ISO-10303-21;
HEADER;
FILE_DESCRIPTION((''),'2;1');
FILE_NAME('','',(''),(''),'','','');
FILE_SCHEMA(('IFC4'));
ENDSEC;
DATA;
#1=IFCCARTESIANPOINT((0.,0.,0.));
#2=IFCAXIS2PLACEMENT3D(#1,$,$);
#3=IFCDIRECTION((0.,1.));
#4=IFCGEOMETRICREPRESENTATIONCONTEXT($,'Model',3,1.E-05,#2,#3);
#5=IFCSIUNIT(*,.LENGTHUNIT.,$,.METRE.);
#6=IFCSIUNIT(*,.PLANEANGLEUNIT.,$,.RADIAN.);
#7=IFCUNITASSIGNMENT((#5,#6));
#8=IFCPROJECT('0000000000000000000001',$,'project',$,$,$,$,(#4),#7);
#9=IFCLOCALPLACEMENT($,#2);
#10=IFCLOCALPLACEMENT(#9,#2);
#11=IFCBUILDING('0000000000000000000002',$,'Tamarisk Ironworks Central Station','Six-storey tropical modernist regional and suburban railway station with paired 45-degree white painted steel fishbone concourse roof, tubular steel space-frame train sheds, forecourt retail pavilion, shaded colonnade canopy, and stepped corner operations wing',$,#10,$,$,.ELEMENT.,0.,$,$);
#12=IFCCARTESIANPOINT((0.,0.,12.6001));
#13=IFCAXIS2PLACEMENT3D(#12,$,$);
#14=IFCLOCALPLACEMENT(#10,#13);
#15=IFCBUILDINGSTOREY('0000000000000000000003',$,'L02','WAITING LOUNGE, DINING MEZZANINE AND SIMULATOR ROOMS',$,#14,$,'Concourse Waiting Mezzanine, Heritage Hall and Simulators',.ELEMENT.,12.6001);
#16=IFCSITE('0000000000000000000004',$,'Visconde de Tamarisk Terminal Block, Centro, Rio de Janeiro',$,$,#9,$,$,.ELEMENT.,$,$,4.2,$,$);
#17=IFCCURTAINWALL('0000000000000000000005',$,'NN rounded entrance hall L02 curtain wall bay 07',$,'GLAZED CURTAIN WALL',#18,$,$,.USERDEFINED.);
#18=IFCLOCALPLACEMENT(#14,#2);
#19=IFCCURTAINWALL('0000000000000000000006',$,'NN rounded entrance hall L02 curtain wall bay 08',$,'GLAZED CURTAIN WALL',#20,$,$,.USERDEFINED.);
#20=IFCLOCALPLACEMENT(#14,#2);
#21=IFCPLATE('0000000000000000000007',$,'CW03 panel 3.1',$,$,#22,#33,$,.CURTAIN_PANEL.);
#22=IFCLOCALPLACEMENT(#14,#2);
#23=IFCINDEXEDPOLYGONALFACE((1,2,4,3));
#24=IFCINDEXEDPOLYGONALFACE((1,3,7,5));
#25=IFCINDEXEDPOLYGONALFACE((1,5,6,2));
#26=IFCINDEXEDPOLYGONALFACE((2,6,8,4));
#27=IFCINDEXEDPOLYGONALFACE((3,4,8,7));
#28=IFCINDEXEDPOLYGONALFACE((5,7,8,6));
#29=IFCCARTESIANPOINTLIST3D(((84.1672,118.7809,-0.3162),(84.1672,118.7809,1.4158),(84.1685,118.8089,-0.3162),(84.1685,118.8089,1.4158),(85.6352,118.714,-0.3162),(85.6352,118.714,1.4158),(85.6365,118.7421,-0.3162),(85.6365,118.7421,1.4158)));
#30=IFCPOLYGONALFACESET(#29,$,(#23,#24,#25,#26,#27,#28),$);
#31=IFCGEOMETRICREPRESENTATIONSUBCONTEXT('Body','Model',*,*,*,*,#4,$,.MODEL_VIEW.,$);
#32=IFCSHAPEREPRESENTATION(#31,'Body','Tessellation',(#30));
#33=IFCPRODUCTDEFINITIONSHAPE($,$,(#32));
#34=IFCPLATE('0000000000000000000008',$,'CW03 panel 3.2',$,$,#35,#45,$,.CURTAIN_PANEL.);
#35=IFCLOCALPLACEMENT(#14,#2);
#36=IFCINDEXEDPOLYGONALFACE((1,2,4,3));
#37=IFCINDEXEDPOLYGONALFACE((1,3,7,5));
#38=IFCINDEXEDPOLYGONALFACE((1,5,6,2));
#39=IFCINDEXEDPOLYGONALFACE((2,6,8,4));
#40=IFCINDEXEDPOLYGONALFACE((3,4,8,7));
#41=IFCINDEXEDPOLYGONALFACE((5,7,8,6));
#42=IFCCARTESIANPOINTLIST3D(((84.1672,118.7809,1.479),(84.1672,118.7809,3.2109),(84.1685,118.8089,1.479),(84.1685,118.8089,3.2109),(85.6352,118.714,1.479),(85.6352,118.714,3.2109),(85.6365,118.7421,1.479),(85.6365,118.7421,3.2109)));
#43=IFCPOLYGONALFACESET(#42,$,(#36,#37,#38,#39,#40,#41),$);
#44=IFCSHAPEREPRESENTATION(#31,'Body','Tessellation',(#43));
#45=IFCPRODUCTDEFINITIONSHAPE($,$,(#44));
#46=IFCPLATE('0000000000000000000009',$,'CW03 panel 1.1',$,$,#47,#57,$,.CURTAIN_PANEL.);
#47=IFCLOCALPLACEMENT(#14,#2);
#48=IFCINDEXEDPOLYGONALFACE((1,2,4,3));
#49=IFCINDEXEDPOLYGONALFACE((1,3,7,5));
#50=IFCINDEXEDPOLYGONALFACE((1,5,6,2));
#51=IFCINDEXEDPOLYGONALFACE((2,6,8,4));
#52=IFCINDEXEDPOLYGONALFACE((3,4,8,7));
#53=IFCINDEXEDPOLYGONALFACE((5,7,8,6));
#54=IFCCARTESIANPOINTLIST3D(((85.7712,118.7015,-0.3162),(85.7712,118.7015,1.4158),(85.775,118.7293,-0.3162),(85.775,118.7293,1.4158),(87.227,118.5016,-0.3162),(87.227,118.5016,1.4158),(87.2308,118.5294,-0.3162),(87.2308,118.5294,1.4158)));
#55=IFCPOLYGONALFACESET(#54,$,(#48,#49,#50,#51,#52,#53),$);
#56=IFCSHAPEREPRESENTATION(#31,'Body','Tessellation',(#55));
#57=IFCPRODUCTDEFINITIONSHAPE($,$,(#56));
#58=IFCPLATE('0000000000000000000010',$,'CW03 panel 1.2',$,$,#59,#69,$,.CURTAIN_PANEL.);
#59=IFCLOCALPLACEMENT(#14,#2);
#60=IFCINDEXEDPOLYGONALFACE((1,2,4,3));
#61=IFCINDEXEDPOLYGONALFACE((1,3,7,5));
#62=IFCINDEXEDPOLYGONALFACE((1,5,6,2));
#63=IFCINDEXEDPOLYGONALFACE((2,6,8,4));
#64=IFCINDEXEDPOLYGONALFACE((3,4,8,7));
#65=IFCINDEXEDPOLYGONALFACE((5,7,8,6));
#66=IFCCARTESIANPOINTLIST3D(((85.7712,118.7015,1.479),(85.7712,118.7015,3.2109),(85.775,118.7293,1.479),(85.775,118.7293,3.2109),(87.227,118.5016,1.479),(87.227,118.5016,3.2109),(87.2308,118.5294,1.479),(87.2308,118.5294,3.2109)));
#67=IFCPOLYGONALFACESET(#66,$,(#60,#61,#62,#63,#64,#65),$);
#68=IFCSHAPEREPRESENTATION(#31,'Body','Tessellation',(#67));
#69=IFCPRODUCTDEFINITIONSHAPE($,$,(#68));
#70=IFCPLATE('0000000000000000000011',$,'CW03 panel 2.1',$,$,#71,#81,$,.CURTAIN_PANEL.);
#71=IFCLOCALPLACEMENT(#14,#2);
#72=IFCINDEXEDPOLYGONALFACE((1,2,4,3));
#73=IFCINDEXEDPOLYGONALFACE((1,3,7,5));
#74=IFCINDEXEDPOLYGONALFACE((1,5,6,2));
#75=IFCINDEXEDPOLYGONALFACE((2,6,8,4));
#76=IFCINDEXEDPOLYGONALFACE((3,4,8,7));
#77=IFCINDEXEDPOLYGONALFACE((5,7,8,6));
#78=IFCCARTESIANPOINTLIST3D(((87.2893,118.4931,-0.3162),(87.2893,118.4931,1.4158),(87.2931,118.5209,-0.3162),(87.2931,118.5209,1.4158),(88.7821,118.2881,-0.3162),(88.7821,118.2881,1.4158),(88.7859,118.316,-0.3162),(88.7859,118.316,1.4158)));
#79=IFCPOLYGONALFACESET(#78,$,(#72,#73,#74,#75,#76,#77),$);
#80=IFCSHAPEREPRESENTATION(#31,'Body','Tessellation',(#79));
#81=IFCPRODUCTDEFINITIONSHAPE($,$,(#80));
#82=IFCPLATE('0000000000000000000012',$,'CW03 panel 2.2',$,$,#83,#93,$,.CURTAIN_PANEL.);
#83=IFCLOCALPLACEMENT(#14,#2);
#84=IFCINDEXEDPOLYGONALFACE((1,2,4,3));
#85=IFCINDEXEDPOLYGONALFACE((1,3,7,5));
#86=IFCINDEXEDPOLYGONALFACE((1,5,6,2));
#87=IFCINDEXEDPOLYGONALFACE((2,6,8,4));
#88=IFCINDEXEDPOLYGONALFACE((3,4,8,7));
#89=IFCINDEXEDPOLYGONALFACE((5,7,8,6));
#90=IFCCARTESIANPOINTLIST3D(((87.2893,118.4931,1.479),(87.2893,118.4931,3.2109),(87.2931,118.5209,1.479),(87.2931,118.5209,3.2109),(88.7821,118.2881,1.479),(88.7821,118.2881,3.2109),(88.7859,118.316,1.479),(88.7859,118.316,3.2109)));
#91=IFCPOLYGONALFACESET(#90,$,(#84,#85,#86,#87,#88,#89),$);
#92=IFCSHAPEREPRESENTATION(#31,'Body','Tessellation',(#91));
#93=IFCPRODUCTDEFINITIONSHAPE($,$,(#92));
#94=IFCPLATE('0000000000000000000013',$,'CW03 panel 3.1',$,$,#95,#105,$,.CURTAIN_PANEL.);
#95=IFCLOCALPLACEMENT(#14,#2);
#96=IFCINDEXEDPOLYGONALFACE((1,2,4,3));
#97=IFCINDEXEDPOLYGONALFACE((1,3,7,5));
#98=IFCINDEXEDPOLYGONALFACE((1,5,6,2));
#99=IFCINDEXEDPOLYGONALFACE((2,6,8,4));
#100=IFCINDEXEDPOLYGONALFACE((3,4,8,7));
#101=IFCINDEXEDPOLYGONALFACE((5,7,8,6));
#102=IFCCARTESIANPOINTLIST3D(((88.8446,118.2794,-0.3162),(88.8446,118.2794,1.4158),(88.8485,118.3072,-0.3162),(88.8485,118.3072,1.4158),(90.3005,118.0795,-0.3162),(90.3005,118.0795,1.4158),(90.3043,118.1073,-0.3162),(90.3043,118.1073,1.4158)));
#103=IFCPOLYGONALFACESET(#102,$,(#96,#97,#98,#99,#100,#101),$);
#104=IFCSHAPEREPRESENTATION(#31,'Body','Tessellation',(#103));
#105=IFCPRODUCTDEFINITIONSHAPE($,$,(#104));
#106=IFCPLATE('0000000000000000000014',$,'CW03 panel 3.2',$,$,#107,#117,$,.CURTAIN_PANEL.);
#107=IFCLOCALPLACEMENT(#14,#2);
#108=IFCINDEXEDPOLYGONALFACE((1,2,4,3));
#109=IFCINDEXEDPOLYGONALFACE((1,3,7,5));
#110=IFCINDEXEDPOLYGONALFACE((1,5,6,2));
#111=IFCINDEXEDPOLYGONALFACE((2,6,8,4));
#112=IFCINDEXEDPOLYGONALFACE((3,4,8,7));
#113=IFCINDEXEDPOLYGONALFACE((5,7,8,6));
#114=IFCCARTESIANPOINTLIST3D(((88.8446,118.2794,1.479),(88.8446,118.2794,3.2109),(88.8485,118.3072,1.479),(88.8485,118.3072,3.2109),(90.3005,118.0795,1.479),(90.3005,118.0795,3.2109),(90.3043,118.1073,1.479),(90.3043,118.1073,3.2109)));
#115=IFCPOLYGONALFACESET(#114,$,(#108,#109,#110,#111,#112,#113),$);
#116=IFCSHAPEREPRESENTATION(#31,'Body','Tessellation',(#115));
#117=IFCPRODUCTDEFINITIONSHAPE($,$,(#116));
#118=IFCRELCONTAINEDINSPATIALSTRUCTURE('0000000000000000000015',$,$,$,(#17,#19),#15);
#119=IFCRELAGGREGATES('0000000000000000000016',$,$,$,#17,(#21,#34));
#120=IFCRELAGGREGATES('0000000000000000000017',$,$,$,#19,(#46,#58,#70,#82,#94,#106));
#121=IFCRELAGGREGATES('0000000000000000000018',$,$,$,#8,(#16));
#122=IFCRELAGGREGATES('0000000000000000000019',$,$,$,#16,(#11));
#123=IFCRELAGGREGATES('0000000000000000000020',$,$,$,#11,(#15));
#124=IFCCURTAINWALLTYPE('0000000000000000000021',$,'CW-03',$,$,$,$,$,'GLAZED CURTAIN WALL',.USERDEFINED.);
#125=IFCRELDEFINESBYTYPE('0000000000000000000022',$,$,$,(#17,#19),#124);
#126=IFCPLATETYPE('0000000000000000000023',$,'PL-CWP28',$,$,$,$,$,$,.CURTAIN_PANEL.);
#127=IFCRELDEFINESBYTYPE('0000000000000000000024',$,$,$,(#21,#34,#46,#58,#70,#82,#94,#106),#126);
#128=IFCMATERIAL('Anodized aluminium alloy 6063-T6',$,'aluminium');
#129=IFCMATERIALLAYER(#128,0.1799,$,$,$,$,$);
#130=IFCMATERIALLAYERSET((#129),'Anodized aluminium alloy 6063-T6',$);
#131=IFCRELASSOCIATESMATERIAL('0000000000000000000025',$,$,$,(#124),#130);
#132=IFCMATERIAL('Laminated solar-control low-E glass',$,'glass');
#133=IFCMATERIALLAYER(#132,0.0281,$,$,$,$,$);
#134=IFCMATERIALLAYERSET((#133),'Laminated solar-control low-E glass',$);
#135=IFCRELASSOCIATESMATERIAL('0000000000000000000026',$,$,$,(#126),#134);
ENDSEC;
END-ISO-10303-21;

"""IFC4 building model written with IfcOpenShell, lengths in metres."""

from ifc_helpers import new_model, si_unit, direction, frame, origin, origin_2d, place, context, subcontext, project, spatial, rectangle, extrude, material, layer, layer_set, type_object, element, aggregate, save


model = new_model("IFC4")

# Units and contexts
model_context = context("Model", 3, precision=1e-05, world=origin(), true_north=direction((0.0, 1.0)))
body_context = subcontext(model_context, "Body", "Model", "MODEL_VIEW")
ifc_project = project(units=[si_unit("LENGTHUNIT", "METRE"), si_unit("PLANEANGLEUNIT", "RADIAN")], contexts=[model_context])

# Site, building, storey
site_placement = place(None, origin())
site = spatial("IfcSite", under=ifc_project, at=site_placement, Name="Visconde de Tamarisk Terminal Block, Centro, Rio de Janeiro", CompositionType="ELEMENT", RefElevation=4.2)
building_placement = place(site_placement, origin())
building = spatial("IfcBuilding", under=site, at=building_placement, Name="Tamarisk Ironworks Central Station", Description="Six-storey tropical modernist regional and suburban railway station with paired 45-degree white painted steel fishbone concourse roof, tubular steel space-frame train sheds, forecourt retail pavilion, shaded colonnade canopy, and stepped corner operations wing", CompositionType="ELEMENT", ElevationOfRefHeight=0.0)
storey_placement = place(building_placement, frame((0.0, 0.0, 12.6001)))
storey = spatial("IfcBuildingStorey", under=building, at=storey_placement, Name="L02", Description="WAITING LOUNGE, DINING MEZZANINE AND SIMULATOR ROOMS", LongName="Concourse Waiting Mezzanine, Heritage Hall and Simulators", CompositionType="ELEMENT", Elevation=12.6001)

# Curtain walls
ifc_material_1 = material(Name="Anodized aluminium alloy 6063-T6", Category="aluminium")
ifc_layer_1 = layer(ifc_material_1, 0.1799)
ifc_layer_set_1 = layer_set([ifc_layer_1], Name="Anodized aluminium alloy 6063-T6")
curtain_wall_type = type_object("IfcCurtainWallType", Name="CW-03", ElementType="GLAZED CURTAIN WALL", PredefinedType="USERDEFINED", material=ifc_layer_set_1)
curtain_wall_1_placement = place(storey_placement, origin())
curtain_wall_1 = element("IfcCurtainWall", 1, at=curtain_wall_1_placement, inside=storey, type_object=curtain_wall_type, Name="NN rounded entrance hall L02 curtain wall bay 07", ObjectType="GLAZED CURTAIN WALL", PredefinedType="USERDEFINED")
curtain_wall_2_placement = place(storey_placement, origin())
curtain_wall_2 = element("IfcCurtainWall", 2, at=curtain_wall_2_placement, inside=storey, type_object=curtain_wall_type, Name="NN rounded entrance hall L02 curtain wall bay 08", ObjectType="GLAZED CURTAIN WALL", PredefinedType="USERDEFINED")

# Plates
ifc_material_2 = material(Name="Laminated solar-control low-E glass", Category="glass")
ifc_layer_2 = layer(ifc_material_2, 0.0281)
ifc_layer_set_2 = layer_set([ifc_layer_2], Name="Laminated solar-control low-E glass")
plate_type = type_object("IfcPlateType", Name="PL-CWP28", PredefinedType="CURTAIN_PANEL", material=ifc_layer_set_2)
plate_1_placement = place(storey_placement, frame((84.9019, 118.7615, -0.3162), z_axis=(0.0, 0.0, 1.0), x_axis=(0.998965, -0.045481, 0.0)))
plate_1 = element("IfcPlate", 3, at=plate_1_placement, type_object=plate_type, Name="CW03 panel 3.1", PredefinedType="CURTAIN_PANEL", context=body_context, shape_type="SweptSolid", body=[
    extrude(rectangle(XDim=1.4695, YDim=0.0281, at=origin_2d()), origin(), (0.0, 0.0, 1.0), 1.7319),
])
plate_2_placement = place(storey_placement, frame((84.9019, 118.7615, 1.479), z_axis=(0.0, 0.0, 1.0), x_axis=(0.998965, -0.045481, 0.0)))
plate_2 = element("IfcPlate", 4, at=plate_2_placement, type_object=plate_type, Name="CW03 panel 3.2", PredefinedType="CURTAIN_PANEL", context=body_context, shape_type="SweptSolid", body=[
    extrude(rectangle(XDim=1.4695, YDim=0.0281, at=origin_2d()), origin(), (0.0, 0.0, 1.0), 1.7319),
])
aggregate(curtain_wall_1, [plate_1, plate_2])
plate_3_placement = place(storey_placement, frame((86.501, 118.6155, -0.3162), z_axis=(0.0, 0.0, 1.0), x_axis=(0.990703, -0.136042, 0.0)))
plate_3 = element("IfcPlate", 5, at=plate_3_placement, type_object=plate_type, Name="CW03 panel 1.1", PredefinedType="CURTAIN_PANEL", context=body_context, shape_type="SweptSolid", body=[
    extrude(rectangle(XDim=1.4695, YDim=0.0281, at=origin_2d()), origin(), (0.0, 0.0, 1.0), 1.7319),
])
plate_4_placement = place(storey_placement, frame((86.501, 118.6155, 1.479), z_axis=(0.0, 0.0, 1.0), x_axis=(0.990703, -0.136042, 0.0)))
plate_4 = element("IfcPlate", 6, at=plate_4_placement, type_object=plate_type, Name="CW03 panel 1.2", PredefinedType="CURTAIN_PANEL", context=body_context, shape_type="SweptSolid", body=[
    extrude(rectangle(XDim=1.4695, YDim=0.0281, at=origin_2d()), origin(), (0.0, 0.0, 1.0), 1.7319),
])
plate_5_placement = place(storey_placement, frame((88.0376, 118.4045, -0.3162), z_axis=(0.0, 0.0, 1.0), x_axis=(0.990703, -0.136042, 0.0)))
plate_5 = element("IfcPlate", 7, at=plate_5_placement, type_object=plate_type, Name="CW03 panel 2.1", PredefinedType="CURTAIN_PANEL", context=body_context, shape_type="SweptSolid", body=[
    extrude(rectangle(XDim=1.5068, YDim=0.0281, at=origin_2d()), origin(), (0.0, 0.0, 1.0), 1.7319),
])
plate_6_placement = place(storey_placement, frame((88.0376, 118.4045, 1.479), z_axis=(0.0, 0.0, 1.0), x_axis=(0.990703, -0.136042, 0.0)))
plate_6 = element("IfcPlate", 8, at=plate_6_placement, type_object=plate_type, Name="CW03 panel 2.2", PredefinedType="CURTAIN_PANEL", context=body_context, shape_type="SweptSolid", body=[
    extrude(rectangle(XDim=1.5068, YDim=0.0281, at=origin_2d()), origin(), (0.0, 0.0, 1.0), 1.7319),
])
plate_7_placement = place(storey_placement, frame((89.5745, 118.1934, -0.3162), z_axis=(0.0, 0.0, 1.0), x_axis=(0.990703, -0.136042, 0.0)))
plate_7 = element("IfcPlate", 9, at=plate_7_placement, type_object=plate_type, Name="CW03 panel 3.1", PredefinedType="CURTAIN_PANEL", context=body_context, shape_type="SweptSolid", body=[
    extrude(rectangle(XDim=1.4695, YDim=0.0281, at=origin_2d()), origin(), (0.0, 0.0, 1.0), 1.7319),
])
plate_8_placement = place(storey_placement, frame((89.5745, 118.1934, 1.479), z_axis=(0.0, 0.0, 1.0), x_axis=(0.990703, -0.136042, 0.0)))
plate_8 = element("IfcPlate", 10, at=plate_8_placement, type_object=plate_type, Name="CW03 panel 3.2", PredefinedType="CURTAIN_PANEL", context=body_context, shape_type="SweptSolid", body=[
    extrude(rectangle(XDim=1.4695, YDim=0.0281, at=origin_2d()), origin(), (0.0, 0.0, 1.0), 1.7319),
])
aggregate(curtain_wall_2, [plate_3, plate_4, plate_5, plate_6, plate_7, plate_8])

save(model, "model.ifc")
